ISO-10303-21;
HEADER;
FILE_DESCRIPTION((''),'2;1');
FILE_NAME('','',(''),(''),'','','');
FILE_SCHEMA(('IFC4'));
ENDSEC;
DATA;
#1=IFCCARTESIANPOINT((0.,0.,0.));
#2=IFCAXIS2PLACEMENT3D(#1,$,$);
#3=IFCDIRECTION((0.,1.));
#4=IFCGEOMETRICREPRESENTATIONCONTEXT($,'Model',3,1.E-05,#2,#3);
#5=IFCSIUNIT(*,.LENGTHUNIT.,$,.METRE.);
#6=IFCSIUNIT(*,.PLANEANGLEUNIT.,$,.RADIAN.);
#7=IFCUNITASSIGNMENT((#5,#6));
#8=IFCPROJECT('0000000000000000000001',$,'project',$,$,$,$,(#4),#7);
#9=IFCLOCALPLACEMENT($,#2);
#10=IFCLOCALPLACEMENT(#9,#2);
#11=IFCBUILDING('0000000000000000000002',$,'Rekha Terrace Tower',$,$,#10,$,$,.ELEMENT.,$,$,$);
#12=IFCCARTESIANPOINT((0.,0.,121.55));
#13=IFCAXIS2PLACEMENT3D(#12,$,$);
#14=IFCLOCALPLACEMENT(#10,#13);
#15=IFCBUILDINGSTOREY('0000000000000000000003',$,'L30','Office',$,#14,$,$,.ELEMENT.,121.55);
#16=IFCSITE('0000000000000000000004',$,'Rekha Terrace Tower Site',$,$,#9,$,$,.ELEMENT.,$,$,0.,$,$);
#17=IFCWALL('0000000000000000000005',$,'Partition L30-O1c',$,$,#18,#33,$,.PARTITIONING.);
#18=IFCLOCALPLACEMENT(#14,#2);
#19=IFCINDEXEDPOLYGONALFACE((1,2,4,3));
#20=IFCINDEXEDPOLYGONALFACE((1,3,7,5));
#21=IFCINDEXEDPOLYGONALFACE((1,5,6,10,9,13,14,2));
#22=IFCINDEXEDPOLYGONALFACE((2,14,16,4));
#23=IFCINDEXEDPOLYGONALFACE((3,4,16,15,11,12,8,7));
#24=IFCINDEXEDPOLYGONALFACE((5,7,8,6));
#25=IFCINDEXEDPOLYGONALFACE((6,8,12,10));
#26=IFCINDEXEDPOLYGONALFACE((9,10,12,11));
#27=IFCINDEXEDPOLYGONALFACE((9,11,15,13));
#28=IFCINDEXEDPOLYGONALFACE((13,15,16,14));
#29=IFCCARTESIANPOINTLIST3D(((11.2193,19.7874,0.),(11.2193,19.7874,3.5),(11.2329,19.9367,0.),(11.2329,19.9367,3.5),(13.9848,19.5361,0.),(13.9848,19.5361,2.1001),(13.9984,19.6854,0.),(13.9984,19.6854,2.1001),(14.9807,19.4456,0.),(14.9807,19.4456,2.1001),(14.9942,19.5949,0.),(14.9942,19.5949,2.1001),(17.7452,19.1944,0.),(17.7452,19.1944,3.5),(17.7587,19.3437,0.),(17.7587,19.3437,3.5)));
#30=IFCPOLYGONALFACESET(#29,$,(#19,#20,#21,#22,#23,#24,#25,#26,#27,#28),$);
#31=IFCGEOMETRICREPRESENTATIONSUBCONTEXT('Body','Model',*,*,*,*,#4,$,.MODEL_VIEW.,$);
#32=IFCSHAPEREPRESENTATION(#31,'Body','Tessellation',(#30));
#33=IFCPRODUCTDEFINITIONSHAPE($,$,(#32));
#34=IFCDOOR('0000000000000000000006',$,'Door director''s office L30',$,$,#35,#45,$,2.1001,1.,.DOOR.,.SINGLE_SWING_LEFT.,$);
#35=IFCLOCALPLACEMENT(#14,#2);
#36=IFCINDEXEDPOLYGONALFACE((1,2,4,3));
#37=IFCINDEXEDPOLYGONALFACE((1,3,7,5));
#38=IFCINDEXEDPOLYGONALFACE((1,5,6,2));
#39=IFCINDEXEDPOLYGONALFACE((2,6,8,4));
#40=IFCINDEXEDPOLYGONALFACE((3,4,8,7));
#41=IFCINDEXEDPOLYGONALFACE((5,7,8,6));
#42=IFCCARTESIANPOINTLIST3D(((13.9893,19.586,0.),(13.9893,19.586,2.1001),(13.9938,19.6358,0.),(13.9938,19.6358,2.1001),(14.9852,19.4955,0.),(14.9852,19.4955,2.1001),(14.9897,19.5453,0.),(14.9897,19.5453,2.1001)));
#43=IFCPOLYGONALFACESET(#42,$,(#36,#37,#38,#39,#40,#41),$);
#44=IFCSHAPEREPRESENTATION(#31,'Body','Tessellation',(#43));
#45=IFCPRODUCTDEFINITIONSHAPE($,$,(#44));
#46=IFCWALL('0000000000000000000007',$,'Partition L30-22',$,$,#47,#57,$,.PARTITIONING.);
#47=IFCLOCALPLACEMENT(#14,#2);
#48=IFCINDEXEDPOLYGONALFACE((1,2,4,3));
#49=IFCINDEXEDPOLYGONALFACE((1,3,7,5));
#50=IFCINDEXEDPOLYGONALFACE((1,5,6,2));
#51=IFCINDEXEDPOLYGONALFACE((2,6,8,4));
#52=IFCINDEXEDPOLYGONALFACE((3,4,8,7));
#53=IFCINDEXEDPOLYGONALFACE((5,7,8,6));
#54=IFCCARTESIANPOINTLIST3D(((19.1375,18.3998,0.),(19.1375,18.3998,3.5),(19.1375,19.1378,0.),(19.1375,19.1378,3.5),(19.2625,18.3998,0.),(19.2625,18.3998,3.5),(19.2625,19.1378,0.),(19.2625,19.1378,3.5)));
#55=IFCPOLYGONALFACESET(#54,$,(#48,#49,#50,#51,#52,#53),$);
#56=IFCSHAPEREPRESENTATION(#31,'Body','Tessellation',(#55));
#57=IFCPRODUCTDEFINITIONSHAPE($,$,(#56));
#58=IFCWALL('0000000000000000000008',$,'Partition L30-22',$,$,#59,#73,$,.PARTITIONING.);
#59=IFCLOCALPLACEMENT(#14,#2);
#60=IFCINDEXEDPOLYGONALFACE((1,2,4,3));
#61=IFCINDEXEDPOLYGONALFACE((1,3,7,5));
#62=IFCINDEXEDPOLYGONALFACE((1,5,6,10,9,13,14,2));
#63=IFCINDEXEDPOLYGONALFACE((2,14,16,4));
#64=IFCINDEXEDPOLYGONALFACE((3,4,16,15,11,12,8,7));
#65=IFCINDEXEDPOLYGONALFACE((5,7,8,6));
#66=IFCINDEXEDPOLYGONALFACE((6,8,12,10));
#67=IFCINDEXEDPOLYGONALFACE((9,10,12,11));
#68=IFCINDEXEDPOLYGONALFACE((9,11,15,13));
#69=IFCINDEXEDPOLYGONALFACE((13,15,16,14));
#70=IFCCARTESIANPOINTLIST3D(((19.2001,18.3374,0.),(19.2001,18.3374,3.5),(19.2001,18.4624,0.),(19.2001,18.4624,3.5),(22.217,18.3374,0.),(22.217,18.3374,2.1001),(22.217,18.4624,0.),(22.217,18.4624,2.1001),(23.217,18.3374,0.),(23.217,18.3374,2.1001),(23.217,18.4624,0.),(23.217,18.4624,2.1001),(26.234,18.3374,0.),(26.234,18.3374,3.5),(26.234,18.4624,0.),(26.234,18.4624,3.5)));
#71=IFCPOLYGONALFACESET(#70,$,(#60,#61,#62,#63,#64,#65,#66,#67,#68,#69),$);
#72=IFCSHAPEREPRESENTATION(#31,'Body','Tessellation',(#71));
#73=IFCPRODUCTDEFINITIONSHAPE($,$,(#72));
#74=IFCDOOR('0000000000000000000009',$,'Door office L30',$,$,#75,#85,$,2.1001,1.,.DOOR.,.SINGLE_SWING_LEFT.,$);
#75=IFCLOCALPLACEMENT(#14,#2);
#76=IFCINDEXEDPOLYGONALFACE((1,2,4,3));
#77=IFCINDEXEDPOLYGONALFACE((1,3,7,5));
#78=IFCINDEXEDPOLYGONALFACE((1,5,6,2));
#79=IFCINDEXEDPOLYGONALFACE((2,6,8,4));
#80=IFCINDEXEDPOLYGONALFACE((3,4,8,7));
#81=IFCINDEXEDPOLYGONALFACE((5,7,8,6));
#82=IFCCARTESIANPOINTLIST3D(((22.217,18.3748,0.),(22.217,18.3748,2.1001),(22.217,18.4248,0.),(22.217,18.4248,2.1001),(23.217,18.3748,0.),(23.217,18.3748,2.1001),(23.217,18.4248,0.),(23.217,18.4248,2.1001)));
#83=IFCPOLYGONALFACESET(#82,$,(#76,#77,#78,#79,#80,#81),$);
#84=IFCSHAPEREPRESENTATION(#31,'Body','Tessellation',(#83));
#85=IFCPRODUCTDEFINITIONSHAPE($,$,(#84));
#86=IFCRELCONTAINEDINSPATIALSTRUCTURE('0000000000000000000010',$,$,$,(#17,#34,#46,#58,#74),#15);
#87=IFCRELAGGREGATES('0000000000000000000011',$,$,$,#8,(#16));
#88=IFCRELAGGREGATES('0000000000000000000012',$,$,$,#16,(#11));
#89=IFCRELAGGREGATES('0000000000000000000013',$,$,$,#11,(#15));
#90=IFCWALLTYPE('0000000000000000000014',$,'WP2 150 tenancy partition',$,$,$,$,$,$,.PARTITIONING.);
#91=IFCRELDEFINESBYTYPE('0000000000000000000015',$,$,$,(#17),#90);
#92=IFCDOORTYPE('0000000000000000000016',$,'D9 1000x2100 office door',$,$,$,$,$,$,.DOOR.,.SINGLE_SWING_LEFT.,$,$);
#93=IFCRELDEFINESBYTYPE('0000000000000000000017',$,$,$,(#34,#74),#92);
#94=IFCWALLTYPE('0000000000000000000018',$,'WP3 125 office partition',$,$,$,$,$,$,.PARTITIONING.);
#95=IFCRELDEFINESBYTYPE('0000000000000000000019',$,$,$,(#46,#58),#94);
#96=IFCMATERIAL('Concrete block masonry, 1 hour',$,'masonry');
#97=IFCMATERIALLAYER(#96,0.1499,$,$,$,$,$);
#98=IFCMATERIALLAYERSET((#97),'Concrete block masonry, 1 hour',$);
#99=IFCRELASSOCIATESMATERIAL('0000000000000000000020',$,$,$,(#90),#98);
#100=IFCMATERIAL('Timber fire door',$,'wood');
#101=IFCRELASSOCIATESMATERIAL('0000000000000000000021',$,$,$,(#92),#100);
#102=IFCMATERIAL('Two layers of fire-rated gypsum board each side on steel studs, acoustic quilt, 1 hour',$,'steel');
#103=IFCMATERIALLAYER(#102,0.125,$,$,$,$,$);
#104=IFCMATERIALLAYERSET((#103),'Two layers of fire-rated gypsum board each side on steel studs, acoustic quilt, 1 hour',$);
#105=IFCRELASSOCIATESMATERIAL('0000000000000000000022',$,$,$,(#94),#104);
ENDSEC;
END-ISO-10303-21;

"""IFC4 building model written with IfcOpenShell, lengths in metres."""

from ifc_helpers import new_model, si_unit, direction, frame, frame_2d, origin, place, context, subcontext, project, spatial, rectangle, extrude, material, layer, layer_set, type_object, element, fill, save


model = new_model("IFC4")

# Units and contexts
model_context = context("Model", 3, precision=1e-05, world=origin(), true_north=direction((0.0, 1.0)))
body_context = subcontext(model_context, "Body", "Model", "MODEL_VIEW")
ifc_project = project(units=[si_unit("LENGTHUNIT", "METRE"), si_unit("PLANEANGLEUNIT", "RADIAN")], contexts=[model_context])

# Site, building, storey
site_placement = place(None, origin())
site = spatial("IfcSite", under=ifc_project, at=site_placement, Name="Rekha Terrace Tower Site", CompositionType="ELEMENT", RefElevation=0.0)
building_placement = place(site_placement, origin())
building = spatial("IfcBuilding", under=site, at=building_placement, Name="Rekha Terrace Tower", CompositionType="ELEMENT")
storey_placement = place(building_placement, frame((0.0, 0.0, 121.55)))
storey = spatial("IfcBuildingStorey", under=building, at=storey_placement, Name="L30", Description="Office", CompositionType="ELEMENT", Elevation=121.55)

# Shared definitions
ifc_material_1 = material(Name="Concrete block masonry, 1 hour", Category="masonry")
ifc_layer_1 = layer(ifc_material_1, 0.1499)
ifc_layer_set_1 = layer_set([ifc_layer_1], Name="Concrete block masonry, 1 hour")
wall_type_1 = type_object("IfcWallType", Name="WP2 150 tenancy partition", PredefinedType="PARTITIONING", material=ifc_layer_set_1)

# Wall, opening, door
wall_1_placement = place(storey_placement, frame((17.752, 19.269, 0.0), z_axis=(0.0, 0.0, 1.0), x_axis=(-0.995897, 0.090499, 0.0)))
wall_1 = element("IfcWall", 1, at=wall_1_placement, inside=storey, type_object=wall_type_1, Name="Partition L30-O1c", PredefinedType="PARTITIONING", context=body_context, shape_type="SweptSolid", body=[
    extrude(rectangle(XDim=6.5527, YDim=0.1499, at=frame_2d((3.2764, 0.0))), origin(), (0.0, 0.0, 1.0), 3.5),
])
opening_1_placement = place(wall_1_placement, frame((2.7759, 0.0, 0.0)))
opening_1 = element("IfcOpeningElement", 2, at=opening_1_placement, cuts=wall_1, PredefinedType="OPENING", context=body_context, shape_type="SweptSolid", body=[
    extrude(rectangle(XDim=1.0, YDim=2.1001, at=frame_2d((0.5, 1.05))), frame((0.0, 0.085, 0.0), z_axis=(0.0, -1.0, 0.0), x_axis=(1.0, 0.0, 0.0)), (0.0, 0.0, 1.0), 0.1699),
])
ifc_material_2 = material(Name="Timber fire door", Category="wood")
door_type = type_object("IfcDoorType", Name="D9 1000x2100 office door", OperationType="SINGLE_SWING_LEFT", PredefinedType="DOOR", material=ifc_material_2)
door_1_placement = place(opening_1_placement, origin())
door_1 = element("IfcDoor", 3, at=door_1_placement, inside=storey, type_object=door_type, Name="Door director's office L30", OperationType="SINGLE_SWING_LEFT", OverallHeight=2.1001, OverallWidth=1.0, PredefinedType="DOOR", context=body_context, shape_type="SweptSolid", body=[
    extrude(rectangle(XDim=1.0, YDim=2.1001, at=frame_2d((0.5, 1.05))), frame((0.0, 0.0249, 0.0), z_axis=(0.0, -1.0, 0.0), x_axis=(1.0, 0.0, 0.0)), (0.0, 0.0, 1.0), 0.05),
])
fill(opening_1, door_1)

# Wall
ifc_material_3 = material(Name="Two layers of fire-rated gypsum board each side on steel studs, acoustic quilt, 1 hour", Category="steel")
ifc_layer_2 = layer(ifc_material_3, 0.125)
ifc_layer_set_2 = layer_set([ifc_layer_2], Name="Two layers of fire-rated gypsum board each side on steel studs, acoustic quilt, 1 hour")
wall_type_2 = type_object("IfcWallType", Name="WP3 125 office partition", PredefinedType="PARTITIONING", material=ifc_layer_set_2)
wall_2_placement = place(storey_placement, frame((19.2, 19.1379, 0.0), z_axis=(0.0, 0.0, 1.0), x_axis=(0.0, -1.0, 0.0)))
element("IfcWall", 4, at=wall_2_placement, inside=storey, type_object=wall_type_2, Name="Partition L30-22", PredefinedType="PARTITIONING", context=body_context, shape_type="SweptSolid", body=[
    extrude(rectangle(XDim=0.738, YDim=0.125, at=frame_2d((0.3691, 0.0))), origin(), (0.0, 0.0, 1.0), 3.5),
])

# Wall, opening, door
wall_3_placement = place(storey_placement, frame((19.2, 18.3999, 0.0), z_axis=(0.0, 0.0, 1.0), x_axis=(1.0, 0.0, 0.0)))
wall_3 = element("IfcWall", 5, at=wall_3_placement, inside=storey, type_object=wall_type_2, Name="Partition L30-22", PredefinedType="PARTITIONING", context=body_context, shape_type="SweptSolid", body=[
    extrude(rectangle(XDim=7.0339, YDim=0.125, at=frame_2d((3.5171, 0.0))), origin(), (0.0, 0.0, 1.0), 3.5),
])
opening_2_placement = place(wall_3_placement, frame((3.0171, 0.0, 0.0)))
opening_2 = element("IfcOpeningElement", 6, at=opening_2_placement, cuts=wall_3, PredefinedType="OPENING", context=body_context, shape_type="SweptSolid", body=[
    extrude(rectangle(XDim=1.0, YDim=2.1001, at=frame_2d((0.5, 1.05))), frame((0.0, 0.0725, 0.0), z_axis=(0.0, -1.0, 0.0), x_axis=(1.0, 0.0, 0.0)), (0.0, 0.0, 1.0), 0.145),
])
door_2_placement = place(opening_2_placement, origin())
door_2 = element("IfcDoor", 7, at=door_2_placement, inside=storey, type_object=door_type, Name="Door office L30", OperationType="SINGLE_SWING_LEFT", OverallHeight=2.1001, OverallWidth=1.0, PredefinedType="DOOR", context=body_context, shape_type="SweptSolid", body=[
    extrude(rectangle(XDim=1.0, YDim=2.1001, at=frame_2d((0.5, 1.05))), frame((0.0, 0.0249, 0.0), z_axis=(0.0, -1.0, 0.0), x_axis=(1.0, 0.0, 0.0)), (0.0, 0.0, 1.0), 0.05),
])
fill(opening_2, door_2)

save(model, "model.ifc")
